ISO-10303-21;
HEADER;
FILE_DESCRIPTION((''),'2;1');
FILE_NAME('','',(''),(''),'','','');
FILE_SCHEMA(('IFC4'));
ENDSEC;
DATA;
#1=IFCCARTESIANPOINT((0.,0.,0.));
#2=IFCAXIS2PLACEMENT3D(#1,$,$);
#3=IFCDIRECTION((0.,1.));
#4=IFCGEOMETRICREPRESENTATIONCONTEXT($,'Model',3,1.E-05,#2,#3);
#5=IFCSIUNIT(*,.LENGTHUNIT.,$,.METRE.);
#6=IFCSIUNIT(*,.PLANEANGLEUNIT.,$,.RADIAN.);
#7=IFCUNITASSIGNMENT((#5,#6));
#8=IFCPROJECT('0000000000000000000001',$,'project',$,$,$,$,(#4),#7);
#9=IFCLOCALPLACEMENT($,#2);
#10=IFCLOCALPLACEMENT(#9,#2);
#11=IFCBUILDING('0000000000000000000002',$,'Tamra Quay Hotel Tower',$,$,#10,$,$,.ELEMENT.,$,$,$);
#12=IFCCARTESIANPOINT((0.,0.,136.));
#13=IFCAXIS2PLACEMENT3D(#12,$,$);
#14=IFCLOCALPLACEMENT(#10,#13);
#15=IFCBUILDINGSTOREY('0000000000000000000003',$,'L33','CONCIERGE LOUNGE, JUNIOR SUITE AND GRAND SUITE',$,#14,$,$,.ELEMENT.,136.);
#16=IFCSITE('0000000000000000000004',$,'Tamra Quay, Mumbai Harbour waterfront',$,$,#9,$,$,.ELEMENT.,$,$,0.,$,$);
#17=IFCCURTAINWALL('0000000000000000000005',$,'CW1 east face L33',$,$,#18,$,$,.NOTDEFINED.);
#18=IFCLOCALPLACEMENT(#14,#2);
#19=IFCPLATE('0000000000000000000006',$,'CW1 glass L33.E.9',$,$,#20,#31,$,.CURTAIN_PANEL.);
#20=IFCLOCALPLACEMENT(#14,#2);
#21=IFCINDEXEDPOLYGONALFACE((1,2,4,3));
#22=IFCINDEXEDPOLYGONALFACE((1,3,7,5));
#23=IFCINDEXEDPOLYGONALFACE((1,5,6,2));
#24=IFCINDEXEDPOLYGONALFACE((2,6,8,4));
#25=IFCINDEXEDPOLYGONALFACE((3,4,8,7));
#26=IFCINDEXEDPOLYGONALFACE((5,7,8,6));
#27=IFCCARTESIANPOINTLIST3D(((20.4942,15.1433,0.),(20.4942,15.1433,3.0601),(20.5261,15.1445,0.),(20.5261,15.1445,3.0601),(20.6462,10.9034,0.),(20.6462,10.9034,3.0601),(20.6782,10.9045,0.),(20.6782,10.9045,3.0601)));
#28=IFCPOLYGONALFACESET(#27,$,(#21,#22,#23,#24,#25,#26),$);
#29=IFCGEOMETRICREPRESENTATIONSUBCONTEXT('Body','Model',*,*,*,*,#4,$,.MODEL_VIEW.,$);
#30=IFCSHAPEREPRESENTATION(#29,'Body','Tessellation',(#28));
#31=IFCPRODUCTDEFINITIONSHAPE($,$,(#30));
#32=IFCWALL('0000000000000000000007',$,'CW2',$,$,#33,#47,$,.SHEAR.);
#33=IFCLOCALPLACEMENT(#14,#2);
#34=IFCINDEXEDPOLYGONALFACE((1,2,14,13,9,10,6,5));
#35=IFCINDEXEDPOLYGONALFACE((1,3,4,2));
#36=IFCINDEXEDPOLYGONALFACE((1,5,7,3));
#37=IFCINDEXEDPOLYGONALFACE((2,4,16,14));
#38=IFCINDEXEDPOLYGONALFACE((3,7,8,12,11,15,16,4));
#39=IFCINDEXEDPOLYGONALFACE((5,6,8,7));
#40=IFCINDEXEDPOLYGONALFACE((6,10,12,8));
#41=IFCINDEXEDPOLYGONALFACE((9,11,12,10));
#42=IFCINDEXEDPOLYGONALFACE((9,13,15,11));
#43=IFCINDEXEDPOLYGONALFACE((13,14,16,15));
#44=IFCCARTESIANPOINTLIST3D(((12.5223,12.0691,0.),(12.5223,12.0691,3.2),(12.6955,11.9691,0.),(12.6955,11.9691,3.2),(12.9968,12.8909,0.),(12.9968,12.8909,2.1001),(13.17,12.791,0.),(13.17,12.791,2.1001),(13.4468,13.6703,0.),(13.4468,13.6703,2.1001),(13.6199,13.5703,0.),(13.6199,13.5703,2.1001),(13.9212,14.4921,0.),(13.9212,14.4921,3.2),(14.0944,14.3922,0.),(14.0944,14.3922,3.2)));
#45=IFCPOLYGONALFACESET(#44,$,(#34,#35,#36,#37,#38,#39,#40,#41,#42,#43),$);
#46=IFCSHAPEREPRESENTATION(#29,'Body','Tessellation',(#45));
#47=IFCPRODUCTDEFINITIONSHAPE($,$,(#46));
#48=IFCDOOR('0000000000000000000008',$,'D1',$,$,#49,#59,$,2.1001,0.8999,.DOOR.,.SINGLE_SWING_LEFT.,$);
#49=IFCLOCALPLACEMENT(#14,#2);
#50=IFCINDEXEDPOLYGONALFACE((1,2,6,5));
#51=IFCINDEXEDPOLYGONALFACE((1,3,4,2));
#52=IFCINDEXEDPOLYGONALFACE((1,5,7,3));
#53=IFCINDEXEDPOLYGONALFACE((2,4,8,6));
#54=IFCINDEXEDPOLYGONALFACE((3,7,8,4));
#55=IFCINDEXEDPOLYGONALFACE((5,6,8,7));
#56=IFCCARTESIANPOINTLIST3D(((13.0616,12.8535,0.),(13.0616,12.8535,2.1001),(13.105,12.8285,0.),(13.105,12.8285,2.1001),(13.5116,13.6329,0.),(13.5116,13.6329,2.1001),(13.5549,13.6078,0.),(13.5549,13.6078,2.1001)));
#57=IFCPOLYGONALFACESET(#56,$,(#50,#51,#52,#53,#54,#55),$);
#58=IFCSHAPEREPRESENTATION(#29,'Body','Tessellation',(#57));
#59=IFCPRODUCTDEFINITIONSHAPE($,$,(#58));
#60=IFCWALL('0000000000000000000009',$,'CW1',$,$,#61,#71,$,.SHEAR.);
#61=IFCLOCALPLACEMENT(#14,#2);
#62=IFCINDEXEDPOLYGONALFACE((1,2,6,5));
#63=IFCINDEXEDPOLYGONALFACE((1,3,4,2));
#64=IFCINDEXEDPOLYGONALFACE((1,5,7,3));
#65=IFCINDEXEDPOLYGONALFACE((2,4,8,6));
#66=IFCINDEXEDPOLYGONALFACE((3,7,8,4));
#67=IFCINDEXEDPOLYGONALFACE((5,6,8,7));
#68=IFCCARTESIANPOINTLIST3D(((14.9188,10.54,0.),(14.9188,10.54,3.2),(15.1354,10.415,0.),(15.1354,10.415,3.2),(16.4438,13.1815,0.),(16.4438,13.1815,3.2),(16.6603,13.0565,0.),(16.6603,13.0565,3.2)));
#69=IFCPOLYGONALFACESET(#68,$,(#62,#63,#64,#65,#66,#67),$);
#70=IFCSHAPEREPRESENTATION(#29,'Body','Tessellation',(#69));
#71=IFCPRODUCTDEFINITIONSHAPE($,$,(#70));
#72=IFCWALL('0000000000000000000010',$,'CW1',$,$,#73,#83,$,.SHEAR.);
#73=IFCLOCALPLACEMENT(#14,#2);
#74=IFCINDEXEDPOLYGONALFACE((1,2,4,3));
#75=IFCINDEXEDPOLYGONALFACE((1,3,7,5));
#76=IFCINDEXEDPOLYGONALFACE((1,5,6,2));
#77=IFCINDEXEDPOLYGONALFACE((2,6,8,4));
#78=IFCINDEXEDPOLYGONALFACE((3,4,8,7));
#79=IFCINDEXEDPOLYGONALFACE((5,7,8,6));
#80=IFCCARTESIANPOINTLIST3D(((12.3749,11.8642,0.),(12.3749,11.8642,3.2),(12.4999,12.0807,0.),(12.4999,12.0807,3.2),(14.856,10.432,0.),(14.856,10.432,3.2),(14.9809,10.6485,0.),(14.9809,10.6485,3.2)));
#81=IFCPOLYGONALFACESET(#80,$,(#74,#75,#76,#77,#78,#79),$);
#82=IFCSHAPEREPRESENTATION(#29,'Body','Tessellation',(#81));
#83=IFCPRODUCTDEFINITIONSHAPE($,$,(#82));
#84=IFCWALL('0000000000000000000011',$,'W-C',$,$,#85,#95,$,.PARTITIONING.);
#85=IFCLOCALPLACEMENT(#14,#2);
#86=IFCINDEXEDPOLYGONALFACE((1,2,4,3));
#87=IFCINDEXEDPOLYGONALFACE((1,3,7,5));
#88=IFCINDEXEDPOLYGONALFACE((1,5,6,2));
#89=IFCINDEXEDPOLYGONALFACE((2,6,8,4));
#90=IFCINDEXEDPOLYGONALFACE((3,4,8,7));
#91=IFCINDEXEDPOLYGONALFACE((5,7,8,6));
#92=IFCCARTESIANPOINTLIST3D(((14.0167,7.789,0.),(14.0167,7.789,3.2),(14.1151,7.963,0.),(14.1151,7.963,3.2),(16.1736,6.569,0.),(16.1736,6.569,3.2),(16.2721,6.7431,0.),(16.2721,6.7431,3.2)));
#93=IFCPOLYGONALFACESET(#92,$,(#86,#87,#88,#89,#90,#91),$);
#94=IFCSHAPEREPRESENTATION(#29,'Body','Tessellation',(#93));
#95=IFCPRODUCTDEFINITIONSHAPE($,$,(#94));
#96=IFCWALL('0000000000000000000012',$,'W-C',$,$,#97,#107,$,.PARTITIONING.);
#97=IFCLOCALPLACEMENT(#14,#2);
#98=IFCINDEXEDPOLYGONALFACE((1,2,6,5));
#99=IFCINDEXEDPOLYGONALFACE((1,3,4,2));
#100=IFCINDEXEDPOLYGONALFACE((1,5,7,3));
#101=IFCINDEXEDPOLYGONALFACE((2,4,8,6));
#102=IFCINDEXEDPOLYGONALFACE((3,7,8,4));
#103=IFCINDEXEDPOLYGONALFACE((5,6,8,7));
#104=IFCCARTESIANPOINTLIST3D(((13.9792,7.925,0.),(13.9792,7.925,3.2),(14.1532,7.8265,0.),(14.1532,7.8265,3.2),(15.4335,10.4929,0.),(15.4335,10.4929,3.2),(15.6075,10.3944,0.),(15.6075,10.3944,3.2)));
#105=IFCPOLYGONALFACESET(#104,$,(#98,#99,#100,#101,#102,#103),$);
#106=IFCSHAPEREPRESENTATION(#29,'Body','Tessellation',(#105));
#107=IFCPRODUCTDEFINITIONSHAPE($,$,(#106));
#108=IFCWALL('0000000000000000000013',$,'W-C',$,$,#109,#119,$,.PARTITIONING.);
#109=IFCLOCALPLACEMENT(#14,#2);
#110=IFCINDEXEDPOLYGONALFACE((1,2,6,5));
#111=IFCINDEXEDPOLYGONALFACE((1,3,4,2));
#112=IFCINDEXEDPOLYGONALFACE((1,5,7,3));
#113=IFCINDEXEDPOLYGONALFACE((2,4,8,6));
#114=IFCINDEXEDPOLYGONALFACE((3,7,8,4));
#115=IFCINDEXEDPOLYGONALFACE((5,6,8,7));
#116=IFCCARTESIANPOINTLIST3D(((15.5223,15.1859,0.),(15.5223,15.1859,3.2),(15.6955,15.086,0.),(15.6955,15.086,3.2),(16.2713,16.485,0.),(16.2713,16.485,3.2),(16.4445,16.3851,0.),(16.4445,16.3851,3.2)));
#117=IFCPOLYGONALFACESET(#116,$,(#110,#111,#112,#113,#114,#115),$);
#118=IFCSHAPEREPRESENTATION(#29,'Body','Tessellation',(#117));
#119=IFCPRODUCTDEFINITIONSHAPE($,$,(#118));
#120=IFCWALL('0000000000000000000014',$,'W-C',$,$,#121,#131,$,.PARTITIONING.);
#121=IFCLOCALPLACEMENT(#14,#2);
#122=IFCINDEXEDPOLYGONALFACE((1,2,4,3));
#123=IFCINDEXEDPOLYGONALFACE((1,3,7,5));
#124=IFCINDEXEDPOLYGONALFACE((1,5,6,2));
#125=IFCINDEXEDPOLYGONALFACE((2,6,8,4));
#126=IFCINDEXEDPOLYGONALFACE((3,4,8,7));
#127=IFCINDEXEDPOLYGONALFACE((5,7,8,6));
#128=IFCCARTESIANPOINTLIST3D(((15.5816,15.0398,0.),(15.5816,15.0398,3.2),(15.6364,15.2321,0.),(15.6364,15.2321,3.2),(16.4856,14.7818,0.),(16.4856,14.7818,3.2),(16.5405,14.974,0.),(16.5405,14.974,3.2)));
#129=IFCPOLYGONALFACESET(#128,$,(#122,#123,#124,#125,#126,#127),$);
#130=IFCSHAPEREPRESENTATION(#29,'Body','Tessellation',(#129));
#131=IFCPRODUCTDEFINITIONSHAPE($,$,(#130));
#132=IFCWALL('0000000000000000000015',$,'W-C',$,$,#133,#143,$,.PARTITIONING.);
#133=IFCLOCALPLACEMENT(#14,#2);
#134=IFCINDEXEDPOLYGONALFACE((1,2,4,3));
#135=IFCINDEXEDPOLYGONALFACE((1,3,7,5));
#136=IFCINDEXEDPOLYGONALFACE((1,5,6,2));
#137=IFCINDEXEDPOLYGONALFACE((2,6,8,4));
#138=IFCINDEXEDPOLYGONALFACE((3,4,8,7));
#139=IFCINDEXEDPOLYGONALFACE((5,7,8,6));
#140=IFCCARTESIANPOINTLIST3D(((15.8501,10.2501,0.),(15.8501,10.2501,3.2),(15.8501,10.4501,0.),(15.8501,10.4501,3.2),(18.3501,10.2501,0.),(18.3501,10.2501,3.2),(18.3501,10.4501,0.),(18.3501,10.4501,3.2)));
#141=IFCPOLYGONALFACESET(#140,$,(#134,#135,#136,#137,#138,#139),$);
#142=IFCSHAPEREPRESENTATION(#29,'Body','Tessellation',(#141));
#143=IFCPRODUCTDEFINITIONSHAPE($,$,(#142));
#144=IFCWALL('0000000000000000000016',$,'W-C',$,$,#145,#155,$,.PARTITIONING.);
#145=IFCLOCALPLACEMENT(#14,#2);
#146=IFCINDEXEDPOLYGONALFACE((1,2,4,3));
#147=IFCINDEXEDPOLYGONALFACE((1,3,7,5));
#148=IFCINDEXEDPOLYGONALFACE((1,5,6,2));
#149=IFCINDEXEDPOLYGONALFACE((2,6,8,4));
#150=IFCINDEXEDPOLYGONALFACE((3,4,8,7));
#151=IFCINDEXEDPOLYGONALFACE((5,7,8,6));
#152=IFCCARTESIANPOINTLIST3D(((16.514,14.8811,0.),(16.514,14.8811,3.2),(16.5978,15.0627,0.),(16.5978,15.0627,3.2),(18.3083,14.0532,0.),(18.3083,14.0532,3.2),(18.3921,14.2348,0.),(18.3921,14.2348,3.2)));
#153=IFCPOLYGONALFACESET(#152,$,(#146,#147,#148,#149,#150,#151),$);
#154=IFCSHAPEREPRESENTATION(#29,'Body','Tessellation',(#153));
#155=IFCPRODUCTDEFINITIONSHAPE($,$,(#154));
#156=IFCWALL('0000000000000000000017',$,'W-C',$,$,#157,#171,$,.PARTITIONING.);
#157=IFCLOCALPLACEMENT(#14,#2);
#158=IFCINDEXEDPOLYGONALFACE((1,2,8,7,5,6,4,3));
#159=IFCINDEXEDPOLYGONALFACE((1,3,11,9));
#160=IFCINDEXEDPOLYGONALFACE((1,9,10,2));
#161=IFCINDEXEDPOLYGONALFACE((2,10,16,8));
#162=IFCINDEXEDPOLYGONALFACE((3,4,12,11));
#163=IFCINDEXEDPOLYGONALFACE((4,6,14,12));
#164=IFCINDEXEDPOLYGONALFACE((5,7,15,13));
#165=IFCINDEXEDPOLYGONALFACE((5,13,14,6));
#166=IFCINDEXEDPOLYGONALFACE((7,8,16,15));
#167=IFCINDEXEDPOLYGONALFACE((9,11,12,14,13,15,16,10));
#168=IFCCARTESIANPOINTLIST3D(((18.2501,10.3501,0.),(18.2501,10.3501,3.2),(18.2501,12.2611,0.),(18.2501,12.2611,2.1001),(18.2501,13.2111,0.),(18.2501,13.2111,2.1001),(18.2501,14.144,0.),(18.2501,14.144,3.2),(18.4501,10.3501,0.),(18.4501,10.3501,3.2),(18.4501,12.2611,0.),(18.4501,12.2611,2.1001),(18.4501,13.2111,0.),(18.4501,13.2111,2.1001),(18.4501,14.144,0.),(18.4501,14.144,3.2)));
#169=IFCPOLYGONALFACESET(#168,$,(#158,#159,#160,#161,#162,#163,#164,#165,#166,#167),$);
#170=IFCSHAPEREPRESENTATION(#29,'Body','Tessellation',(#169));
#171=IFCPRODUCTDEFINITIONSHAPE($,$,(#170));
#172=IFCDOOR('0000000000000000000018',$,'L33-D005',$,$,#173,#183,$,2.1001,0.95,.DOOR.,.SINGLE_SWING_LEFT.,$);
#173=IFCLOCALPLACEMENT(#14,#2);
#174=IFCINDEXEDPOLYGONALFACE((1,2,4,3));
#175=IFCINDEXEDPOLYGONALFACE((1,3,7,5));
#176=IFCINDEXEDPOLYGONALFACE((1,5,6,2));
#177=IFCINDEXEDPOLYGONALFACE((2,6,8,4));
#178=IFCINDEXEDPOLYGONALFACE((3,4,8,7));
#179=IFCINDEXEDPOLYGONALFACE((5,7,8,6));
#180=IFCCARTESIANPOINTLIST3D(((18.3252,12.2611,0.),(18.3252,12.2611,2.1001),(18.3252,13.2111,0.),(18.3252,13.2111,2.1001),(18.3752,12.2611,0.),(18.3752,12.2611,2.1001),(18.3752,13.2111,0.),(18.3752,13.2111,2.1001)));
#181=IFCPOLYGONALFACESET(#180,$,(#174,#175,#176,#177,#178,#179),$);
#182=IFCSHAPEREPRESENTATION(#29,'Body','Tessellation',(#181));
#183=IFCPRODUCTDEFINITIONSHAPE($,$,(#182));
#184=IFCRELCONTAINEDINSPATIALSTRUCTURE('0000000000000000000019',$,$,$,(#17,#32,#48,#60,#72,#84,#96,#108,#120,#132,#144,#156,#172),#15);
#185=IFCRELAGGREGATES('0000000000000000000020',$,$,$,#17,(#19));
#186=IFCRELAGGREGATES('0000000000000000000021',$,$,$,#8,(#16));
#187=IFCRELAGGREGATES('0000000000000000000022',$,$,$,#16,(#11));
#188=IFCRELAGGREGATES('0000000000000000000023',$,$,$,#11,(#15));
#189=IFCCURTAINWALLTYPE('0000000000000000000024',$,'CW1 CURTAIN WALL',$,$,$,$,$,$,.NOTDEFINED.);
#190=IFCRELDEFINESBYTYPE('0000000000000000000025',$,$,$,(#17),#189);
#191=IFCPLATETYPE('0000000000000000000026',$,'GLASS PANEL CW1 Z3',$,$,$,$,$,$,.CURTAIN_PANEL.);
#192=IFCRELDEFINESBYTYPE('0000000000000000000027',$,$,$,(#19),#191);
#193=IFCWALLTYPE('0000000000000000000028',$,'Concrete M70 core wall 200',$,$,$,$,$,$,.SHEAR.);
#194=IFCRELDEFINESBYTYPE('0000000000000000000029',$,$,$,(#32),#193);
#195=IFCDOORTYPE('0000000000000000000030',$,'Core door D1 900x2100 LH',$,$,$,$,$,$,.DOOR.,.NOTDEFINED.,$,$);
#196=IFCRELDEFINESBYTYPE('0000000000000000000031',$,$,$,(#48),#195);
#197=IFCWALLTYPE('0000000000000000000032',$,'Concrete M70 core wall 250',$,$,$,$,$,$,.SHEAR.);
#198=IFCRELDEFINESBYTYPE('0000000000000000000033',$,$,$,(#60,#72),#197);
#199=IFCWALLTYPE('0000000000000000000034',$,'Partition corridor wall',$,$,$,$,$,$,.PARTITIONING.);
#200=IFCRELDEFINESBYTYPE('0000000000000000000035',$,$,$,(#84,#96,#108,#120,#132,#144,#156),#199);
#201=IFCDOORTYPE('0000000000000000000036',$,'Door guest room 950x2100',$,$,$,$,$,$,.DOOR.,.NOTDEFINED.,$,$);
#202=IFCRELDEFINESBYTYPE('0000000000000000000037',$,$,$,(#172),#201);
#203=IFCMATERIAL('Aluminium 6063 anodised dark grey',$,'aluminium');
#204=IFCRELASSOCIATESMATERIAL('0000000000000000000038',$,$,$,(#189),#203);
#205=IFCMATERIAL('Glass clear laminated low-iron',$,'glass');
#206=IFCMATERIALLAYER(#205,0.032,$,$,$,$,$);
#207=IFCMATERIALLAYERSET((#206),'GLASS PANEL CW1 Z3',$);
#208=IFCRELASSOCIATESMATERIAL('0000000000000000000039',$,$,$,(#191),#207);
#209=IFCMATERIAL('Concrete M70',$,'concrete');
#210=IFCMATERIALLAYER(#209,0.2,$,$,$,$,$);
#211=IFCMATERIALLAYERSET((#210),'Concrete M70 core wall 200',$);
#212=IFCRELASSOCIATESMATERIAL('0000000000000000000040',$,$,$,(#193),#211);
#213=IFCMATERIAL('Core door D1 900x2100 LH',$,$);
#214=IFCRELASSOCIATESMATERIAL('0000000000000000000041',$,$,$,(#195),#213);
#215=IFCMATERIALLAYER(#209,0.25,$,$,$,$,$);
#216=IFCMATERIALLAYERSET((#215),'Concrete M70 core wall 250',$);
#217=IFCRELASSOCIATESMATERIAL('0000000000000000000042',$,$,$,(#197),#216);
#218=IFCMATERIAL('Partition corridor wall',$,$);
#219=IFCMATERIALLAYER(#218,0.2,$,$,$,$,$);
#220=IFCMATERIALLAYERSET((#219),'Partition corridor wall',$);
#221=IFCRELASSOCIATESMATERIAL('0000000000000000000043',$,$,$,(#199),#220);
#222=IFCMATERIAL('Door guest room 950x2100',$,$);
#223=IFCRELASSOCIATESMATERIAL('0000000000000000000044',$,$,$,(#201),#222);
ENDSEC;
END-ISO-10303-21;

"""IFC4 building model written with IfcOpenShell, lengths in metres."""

from ifc_helpers import new_model, si_unit, direction, frame, frame_2d, origin, origin_2d, place, context, subcontext, project, spatial, rectangle, extrude, material, layer, layer_set, type_object, element, fill, aggregate, save


model = new_model("IFC4")

# Units and contexts
model_context = context("Model", 3, precision=1e-05, world=origin(), true_north=direction((0.0, 1.0)))
body_context = subcontext(model_context, "Body", "Model", "MODEL_VIEW")
ifc_project = project(units=[si_unit("LENGTHUNIT", "METRE"), si_unit("PLANEANGLEUNIT", "RADIAN")], contexts=[model_context])

# Site, building, storey
site_placement = place(None, origin())
site = spatial("IfcSite", under=ifc_project, at=site_placement, Name="Tamra Quay, Mumbai Harbour waterfront", CompositionType="ELEMENT", RefElevation=0.0)
building_placement = place(site_placement, origin())
building = spatial("IfcBuilding", under=site, at=building_placement, Name="Tamra Quay Hotel Tower", CompositionType="ELEMENT")
storey_placement = place(building_placement, frame((0.0, 0.0, 136.0)))
storey = spatial("IfcBuildingStorey", under=building, at=storey_placement, Name="L33", Description="CONCIERGE LOUNGE, JUNIOR SUITE AND GRAND SUITE", CompositionType="ELEMENT", Elevation=136.0)

# Shared definitions
ifc_material_1 = material(Name="Concrete M70", Category="concrete")

# Curtain wall
ifc_material_2 = material(Name="Aluminium 6063 anodised dark grey", Category="aluminium")
curtain_wall_type = type_object("IfcCurtainWallType", Name="CW1 CURTAIN WALL", PredefinedType="NOTDEFINED", material=ifc_material_2)
curtain_wall_placement = place(storey_placement, origin())
curtain_wall = element("IfcCurtainWall", 1, at=curtain_wall_placement, inside=storey, type_object=curtain_wall_type, Name="CW1 east face L33", PredefinedType="NOTDEFINED")

# Plate
ifc_material_3 = material(Name="Glass clear laminated low-iron", Category="glass")
ifc_layer_1 = layer(ifc_material_3, 0.032)
ifc_layer_set_1 = layer_set([ifc_layer_1], Name="GLASS PANEL CW1 Z3")
plate_type = type_object("IfcPlateType", Name="GLASS PANEL CW1 Z3", PredefinedType="CURTAIN_PANEL", material=ifc_layer_set_1)
plate_1_placement = place(storey_placement, frame((20.5862, 13.0239, 0.0), z_axis=(0.0, 0.0, 1.0), x_axis=(-0.035845, 0.999357, 0.0)))
plate_1 = element("IfcPlate", 2, at=plate_1_placement, type_object=plate_type, Name="CW1 glass L33.E.9", PredefinedType="CURTAIN_PANEL", context=body_context, shape_type="SweptSolid", body=[
    extrude(rectangle(XDim=4.2427, YDim=0.032, at=origin_2d()), origin(), (0.0, 0.0, 1.0), 3.0601),
])
aggregate(curtain_wall, [plate_1])

# Wall, opening, door
ifc_layer_2 = layer(ifc_material_1, 0.2)
ifc_layer_set_2 = layer_set([ifc_layer_2], Name="Concrete M70 core wall 200")
wall_type_1 = type_object("IfcWallType", Name="Concrete M70 core wall 200", PredefinedType="SHEAR", material=ifc_layer_set_2)
wall_1_placement = place(storey_placement, frame((14.0078, 14.4421, 0.0), z_axis=(0.0, 0.0, 1.0), x_axis=(-0.499987, -0.866033, 0.0)))
wall_1 = element("IfcWall", 3, at=wall_1_placement, inside=storey, type_object=wall_type_1, Name="CW2", PredefinedType="SHEAR", context=body_context, shape_type="SweptSolid", body=[
    extrude(rectangle(XDim=2.7979, YDim=0.2, at=frame_2d((1.3989, 0.0))), origin(), (0.0, 0.0, 1.0), 3.2),
])
opening_1_placement = place(wall_1_placement, frame((0.949, 0.0, 0.0)))
opening_1 = element("IfcOpeningElement", 4, at=opening_1_placement, cuts=wall_1, PredefinedType="OPENING", context=body_context, shape_type="SweptSolid", body=[
    extrude(rectangle(XDim=0.8999, YDim=2.1001, at=frame_2d((0.45, 1.05))), frame((0.0, 0.1099, 0.0), z_axis=(0.0, -1.0, 0.0), x_axis=(1.0, 0.0, 0.0)), (0.0, 0.0, 1.0), 0.22),
])
ifc_material_4 = material(Name="Core door D1 900x2100 LH")
door_type_1 = type_object("IfcDoorType", Name="Core door D1 900x2100 LH", OperationType="NOTDEFINED", PredefinedType="DOOR", material=ifc_material_4)
door_1_placement = place(opening_1_placement, origin())
door_1 = element("IfcDoor", 5, at=door_1_placement, inside=storey, type_object=door_type_1, Name="D1", OperationType="SINGLE_SWING_LEFT", OverallHeight=2.1001, OverallWidth=0.8999, PredefinedType="DOOR", context=body_context, shape_type="SweptSolid", body=[
    extrude(rectangle(XDim=0.8999, YDim=2.1001, at=frame_2d((0.45, 1.05))), frame((0.0, 0.0249, 0.0), z_axis=(0.0, -1.0, 0.0), x_axis=(1.0, 0.0, 0.0)), (0.0, 0.0, 1.0), 0.05),
])
fill(opening_1, door_1)

# Walls
ifc_layer_3 = layer(ifc_material_1, 0.25)
ifc_layer_set_3 = layer_set([ifc_layer_3], Name="Concrete M70 core wall 250")
wall_type_2 = type_object("IfcWallType", Name="Concrete M70 core wall 250", PredefinedType="SHEAR", material=ifc_layer_set_3)
wall_2_placement = place(storey_placement, frame((16.552, 13.1189, 0.0), z_axis=(0.0, 0.0, 1.0), x_axis=(-0.499979, -0.866038, 0.0)))
element("IfcWall", 6, at=wall_2_placement, inside=storey, type_object=wall_type_2, Name="CW1", PredefinedType="SHEAR", context=body_context, shape_type="SweptSolid", body=[
    extrude(rectangle(XDim=3.05, YDim=0.25, at=frame_2d((1.5249, 0.0))), origin(), (0.0, 0.0, 1.0), 3.2),
])
wall_3_placement = place(storey_placement, frame((14.9185, 10.5403, 0.0), z_axis=(0.0, 0.0, 1.0), x_axis=(-0.866064, 0.499934, 0.0)))
element("IfcWall", 7, at=wall_3_placement, inside=storey, type_object=wall_type_2, Name="CW1", PredefinedType="SHEAR", context=body_context, shape_type="SweptSolid", body=[
    extrude(rectangle(XDim=2.8647, YDim=0.25, at=frame_2d((1.4324, 0.0))), origin(), (0.0, 0.0, 1.0), 3.2),
])
ifc_material_5 = material(Name="Partition corridor wall")
ifc_layer_4 = layer(ifc_material_5, 0.2)
ifc_layer_set_4 = layer_set([ifc_layer_4], Name="Partition corridor wall")
wall_type_3 = type_object("IfcWallType", Name="Partition corridor wall", PredefinedType="PARTITIONING", material=ifc_layer_set_4)
wall_4_placement = place(storey_placement, frame((14.0659, 7.876, 0.0), z_axis=(0.0, 0.0, 1.0), x_axis=(0.870423, -0.492304, 0.0)))
element("IfcWall", 8, at=wall_4_placement, inside=storey, type_object=wall_type_3, Name="W-C", PredefinedType="PARTITIONING", context=body_context, shape_type="SweptSolid", body=[
    extrude(rectangle(XDim=2.478, YDim=0.2, at=frame_2d((1.239, 0.0))), origin(), (0.0, 0.0, 1.0), 3.2),
])
wall_5_placement = place(storey_placement, frame((14.0662, 7.8757, 0.0), z_axis=(0.0, 0.0, 1.0), x_axis=(0.492812, 0.870136, 0.0)))
element("IfcWall", 9, at=wall_5_placement, inside=storey, type_object=wall_type_3, Name="W-C", PredefinedType="PARTITIONING", context=body_context, shape_type="SweptSolid", body=[
    extrude(rectangle(XDim=2.9512, YDim=0.2, at=frame_2d((1.4756, 0.0))), origin(), (0.0, 0.0, 1.0), 3.2),
])
wall_6_placement = place(storey_placement, frame((15.6089, 15.136, 0.0), z_axis=(0.0, 0.0, 1.0), x_axis=(0.499502, 0.866313, 0.0)))
element("IfcWall", 10, at=wall_6_placement, inside=storey, type_object=wall_type_3, Name="W-C", PredefinedType="PARTITIONING", context=body_context, shape_type="SweptSolid", body=[
    extrude(rectangle(XDim=1.4995, YDim=0.2, at=frame_2d((0.7498, 0.0))), origin(), (0.0, 0.0, 1.0), 3.2),
])
wall_7_placement = place(storey_placement, frame((15.6089, 15.136, 0.0), z_axis=(0.0, 0.0, 1.0), x_axis=(0.961593, -0.274481, 0.0)))
element("IfcWall", 11, at=wall_7_placement, inside=storey, type_object=wall_type_3, Name="W-C", PredefinedType="PARTITIONING", context=body_context, shape_type="SweptSolid", body=[
    extrude(rectangle(XDim=0.9402, YDim=0.2, at=frame_2d((0.4702, 0.0))), origin(), (0.0, 0.0, 1.0), 3.2),
])
wall_8_placement = place(storey_placement, frame((15.8501, 10.3501, 0.0), z_axis=(0.0, 0.0, 1.0), x_axis=(1.0, 0.0, 0.0)))
element("IfcWall", 12, at=wall_8_placement, inside=storey, type_object=wall_type_3, Name="W-C", PredefinedType="PARTITIONING", context=body_context, shape_type="SweptSolid", body=[
    extrude(rectangle(XDim=2.5, YDim=0.2, at=frame_2d((1.25, 0.0))), origin(), (0.0, 0.0, 1.0), 3.2),
])
wall_9_placement = place(storey_placement, frame((16.5559, 14.9719, 0.0), z_axis=(0.0, 0.0, 1.0), x_axis=(0.907999, -0.418972, 0.0)))
element("IfcWall", 13, at=wall_9_placement, inside=storey, type_object=wall_type_3, Name="W-C", PredefinedType="PARTITIONING", context=body_context, shape_type="SweptSolid", body=[
    extrude(rectangle(XDim=1.9761, YDim=0.2, at=frame_2d((0.988, 0.0))), origin(), (0.0, 0.0, 1.0), 3.2),
])

# Wall, opening, door
wall_10_placement = place(storey_placement, frame((18.3501, 10.3501, 0.0), z_axis=(0.0, 0.0, 1.0), x_axis=(0.0, 1.0, 0.0)))
wall_10 = element("IfcWall", 14, at=wall_10_placement, inside=storey, type_object=wall_type_3, Name="W-C", PredefinedType="PARTITIONING", context=body_context, shape_type="SweptSolid", body=[
    extrude(rectangle(XDim=3.7939, YDim=0.2, at=frame_2d((1.897, 0.0))), origin(), (0.0, 0.0, 1.0), 3.2),
])
opening_2_placement = place(wall_10_placement, frame((1.9109, 0.0, 0.0)))
opening_2 = element("IfcOpeningElement", 15, at=opening_2_placement, cuts=wall_10, PredefinedType="OPENING", context=body_context, shape_type="SweptSolid", body=[
    extrude(rectangle(XDim=0.95, YDim=2.1001, at=frame_2d((0.4751, 1.05))), frame((0.0, 0.1099, 0.0), z_axis=(0.0, -1.0, 0.0), x_axis=(1.0, 0.0, 0.0)), (0.0, 0.0, 1.0), 0.22),
])
ifc_material_6 = material(Name="Door guest room 950x2100")
door_type_2 = type_object("IfcDoorType", Name="Door guest room 950x2100", OperationType="NOTDEFINED", PredefinedType="DOOR", material=ifc_material_6)
door_2_placement = place(opening_2_placement, origin())
door_2 = element("IfcDoor", 16, at=door_2_placement, inside=storey, type_object=door_type_2, Name="L33-D005", OperationType="SINGLE_SWING_LEFT", OverallHeight=2.1001, OverallWidth=0.95, PredefinedType="DOOR", context=body_context, shape_type="SweptSolid", body=[
    extrude(rectangle(XDim=0.95, YDim=2.1001, at=frame_2d((0.4751, 1.05))), frame((0.0, 0.0249, 0.0), z_axis=(0.0, -1.0, 0.0), x_axis=(1.0, 0.0, 0.0)), (0.0, 0.0, 1.0), 0.05),
])
fill(opening_2, door_2)

save(model, "model.ifc")
